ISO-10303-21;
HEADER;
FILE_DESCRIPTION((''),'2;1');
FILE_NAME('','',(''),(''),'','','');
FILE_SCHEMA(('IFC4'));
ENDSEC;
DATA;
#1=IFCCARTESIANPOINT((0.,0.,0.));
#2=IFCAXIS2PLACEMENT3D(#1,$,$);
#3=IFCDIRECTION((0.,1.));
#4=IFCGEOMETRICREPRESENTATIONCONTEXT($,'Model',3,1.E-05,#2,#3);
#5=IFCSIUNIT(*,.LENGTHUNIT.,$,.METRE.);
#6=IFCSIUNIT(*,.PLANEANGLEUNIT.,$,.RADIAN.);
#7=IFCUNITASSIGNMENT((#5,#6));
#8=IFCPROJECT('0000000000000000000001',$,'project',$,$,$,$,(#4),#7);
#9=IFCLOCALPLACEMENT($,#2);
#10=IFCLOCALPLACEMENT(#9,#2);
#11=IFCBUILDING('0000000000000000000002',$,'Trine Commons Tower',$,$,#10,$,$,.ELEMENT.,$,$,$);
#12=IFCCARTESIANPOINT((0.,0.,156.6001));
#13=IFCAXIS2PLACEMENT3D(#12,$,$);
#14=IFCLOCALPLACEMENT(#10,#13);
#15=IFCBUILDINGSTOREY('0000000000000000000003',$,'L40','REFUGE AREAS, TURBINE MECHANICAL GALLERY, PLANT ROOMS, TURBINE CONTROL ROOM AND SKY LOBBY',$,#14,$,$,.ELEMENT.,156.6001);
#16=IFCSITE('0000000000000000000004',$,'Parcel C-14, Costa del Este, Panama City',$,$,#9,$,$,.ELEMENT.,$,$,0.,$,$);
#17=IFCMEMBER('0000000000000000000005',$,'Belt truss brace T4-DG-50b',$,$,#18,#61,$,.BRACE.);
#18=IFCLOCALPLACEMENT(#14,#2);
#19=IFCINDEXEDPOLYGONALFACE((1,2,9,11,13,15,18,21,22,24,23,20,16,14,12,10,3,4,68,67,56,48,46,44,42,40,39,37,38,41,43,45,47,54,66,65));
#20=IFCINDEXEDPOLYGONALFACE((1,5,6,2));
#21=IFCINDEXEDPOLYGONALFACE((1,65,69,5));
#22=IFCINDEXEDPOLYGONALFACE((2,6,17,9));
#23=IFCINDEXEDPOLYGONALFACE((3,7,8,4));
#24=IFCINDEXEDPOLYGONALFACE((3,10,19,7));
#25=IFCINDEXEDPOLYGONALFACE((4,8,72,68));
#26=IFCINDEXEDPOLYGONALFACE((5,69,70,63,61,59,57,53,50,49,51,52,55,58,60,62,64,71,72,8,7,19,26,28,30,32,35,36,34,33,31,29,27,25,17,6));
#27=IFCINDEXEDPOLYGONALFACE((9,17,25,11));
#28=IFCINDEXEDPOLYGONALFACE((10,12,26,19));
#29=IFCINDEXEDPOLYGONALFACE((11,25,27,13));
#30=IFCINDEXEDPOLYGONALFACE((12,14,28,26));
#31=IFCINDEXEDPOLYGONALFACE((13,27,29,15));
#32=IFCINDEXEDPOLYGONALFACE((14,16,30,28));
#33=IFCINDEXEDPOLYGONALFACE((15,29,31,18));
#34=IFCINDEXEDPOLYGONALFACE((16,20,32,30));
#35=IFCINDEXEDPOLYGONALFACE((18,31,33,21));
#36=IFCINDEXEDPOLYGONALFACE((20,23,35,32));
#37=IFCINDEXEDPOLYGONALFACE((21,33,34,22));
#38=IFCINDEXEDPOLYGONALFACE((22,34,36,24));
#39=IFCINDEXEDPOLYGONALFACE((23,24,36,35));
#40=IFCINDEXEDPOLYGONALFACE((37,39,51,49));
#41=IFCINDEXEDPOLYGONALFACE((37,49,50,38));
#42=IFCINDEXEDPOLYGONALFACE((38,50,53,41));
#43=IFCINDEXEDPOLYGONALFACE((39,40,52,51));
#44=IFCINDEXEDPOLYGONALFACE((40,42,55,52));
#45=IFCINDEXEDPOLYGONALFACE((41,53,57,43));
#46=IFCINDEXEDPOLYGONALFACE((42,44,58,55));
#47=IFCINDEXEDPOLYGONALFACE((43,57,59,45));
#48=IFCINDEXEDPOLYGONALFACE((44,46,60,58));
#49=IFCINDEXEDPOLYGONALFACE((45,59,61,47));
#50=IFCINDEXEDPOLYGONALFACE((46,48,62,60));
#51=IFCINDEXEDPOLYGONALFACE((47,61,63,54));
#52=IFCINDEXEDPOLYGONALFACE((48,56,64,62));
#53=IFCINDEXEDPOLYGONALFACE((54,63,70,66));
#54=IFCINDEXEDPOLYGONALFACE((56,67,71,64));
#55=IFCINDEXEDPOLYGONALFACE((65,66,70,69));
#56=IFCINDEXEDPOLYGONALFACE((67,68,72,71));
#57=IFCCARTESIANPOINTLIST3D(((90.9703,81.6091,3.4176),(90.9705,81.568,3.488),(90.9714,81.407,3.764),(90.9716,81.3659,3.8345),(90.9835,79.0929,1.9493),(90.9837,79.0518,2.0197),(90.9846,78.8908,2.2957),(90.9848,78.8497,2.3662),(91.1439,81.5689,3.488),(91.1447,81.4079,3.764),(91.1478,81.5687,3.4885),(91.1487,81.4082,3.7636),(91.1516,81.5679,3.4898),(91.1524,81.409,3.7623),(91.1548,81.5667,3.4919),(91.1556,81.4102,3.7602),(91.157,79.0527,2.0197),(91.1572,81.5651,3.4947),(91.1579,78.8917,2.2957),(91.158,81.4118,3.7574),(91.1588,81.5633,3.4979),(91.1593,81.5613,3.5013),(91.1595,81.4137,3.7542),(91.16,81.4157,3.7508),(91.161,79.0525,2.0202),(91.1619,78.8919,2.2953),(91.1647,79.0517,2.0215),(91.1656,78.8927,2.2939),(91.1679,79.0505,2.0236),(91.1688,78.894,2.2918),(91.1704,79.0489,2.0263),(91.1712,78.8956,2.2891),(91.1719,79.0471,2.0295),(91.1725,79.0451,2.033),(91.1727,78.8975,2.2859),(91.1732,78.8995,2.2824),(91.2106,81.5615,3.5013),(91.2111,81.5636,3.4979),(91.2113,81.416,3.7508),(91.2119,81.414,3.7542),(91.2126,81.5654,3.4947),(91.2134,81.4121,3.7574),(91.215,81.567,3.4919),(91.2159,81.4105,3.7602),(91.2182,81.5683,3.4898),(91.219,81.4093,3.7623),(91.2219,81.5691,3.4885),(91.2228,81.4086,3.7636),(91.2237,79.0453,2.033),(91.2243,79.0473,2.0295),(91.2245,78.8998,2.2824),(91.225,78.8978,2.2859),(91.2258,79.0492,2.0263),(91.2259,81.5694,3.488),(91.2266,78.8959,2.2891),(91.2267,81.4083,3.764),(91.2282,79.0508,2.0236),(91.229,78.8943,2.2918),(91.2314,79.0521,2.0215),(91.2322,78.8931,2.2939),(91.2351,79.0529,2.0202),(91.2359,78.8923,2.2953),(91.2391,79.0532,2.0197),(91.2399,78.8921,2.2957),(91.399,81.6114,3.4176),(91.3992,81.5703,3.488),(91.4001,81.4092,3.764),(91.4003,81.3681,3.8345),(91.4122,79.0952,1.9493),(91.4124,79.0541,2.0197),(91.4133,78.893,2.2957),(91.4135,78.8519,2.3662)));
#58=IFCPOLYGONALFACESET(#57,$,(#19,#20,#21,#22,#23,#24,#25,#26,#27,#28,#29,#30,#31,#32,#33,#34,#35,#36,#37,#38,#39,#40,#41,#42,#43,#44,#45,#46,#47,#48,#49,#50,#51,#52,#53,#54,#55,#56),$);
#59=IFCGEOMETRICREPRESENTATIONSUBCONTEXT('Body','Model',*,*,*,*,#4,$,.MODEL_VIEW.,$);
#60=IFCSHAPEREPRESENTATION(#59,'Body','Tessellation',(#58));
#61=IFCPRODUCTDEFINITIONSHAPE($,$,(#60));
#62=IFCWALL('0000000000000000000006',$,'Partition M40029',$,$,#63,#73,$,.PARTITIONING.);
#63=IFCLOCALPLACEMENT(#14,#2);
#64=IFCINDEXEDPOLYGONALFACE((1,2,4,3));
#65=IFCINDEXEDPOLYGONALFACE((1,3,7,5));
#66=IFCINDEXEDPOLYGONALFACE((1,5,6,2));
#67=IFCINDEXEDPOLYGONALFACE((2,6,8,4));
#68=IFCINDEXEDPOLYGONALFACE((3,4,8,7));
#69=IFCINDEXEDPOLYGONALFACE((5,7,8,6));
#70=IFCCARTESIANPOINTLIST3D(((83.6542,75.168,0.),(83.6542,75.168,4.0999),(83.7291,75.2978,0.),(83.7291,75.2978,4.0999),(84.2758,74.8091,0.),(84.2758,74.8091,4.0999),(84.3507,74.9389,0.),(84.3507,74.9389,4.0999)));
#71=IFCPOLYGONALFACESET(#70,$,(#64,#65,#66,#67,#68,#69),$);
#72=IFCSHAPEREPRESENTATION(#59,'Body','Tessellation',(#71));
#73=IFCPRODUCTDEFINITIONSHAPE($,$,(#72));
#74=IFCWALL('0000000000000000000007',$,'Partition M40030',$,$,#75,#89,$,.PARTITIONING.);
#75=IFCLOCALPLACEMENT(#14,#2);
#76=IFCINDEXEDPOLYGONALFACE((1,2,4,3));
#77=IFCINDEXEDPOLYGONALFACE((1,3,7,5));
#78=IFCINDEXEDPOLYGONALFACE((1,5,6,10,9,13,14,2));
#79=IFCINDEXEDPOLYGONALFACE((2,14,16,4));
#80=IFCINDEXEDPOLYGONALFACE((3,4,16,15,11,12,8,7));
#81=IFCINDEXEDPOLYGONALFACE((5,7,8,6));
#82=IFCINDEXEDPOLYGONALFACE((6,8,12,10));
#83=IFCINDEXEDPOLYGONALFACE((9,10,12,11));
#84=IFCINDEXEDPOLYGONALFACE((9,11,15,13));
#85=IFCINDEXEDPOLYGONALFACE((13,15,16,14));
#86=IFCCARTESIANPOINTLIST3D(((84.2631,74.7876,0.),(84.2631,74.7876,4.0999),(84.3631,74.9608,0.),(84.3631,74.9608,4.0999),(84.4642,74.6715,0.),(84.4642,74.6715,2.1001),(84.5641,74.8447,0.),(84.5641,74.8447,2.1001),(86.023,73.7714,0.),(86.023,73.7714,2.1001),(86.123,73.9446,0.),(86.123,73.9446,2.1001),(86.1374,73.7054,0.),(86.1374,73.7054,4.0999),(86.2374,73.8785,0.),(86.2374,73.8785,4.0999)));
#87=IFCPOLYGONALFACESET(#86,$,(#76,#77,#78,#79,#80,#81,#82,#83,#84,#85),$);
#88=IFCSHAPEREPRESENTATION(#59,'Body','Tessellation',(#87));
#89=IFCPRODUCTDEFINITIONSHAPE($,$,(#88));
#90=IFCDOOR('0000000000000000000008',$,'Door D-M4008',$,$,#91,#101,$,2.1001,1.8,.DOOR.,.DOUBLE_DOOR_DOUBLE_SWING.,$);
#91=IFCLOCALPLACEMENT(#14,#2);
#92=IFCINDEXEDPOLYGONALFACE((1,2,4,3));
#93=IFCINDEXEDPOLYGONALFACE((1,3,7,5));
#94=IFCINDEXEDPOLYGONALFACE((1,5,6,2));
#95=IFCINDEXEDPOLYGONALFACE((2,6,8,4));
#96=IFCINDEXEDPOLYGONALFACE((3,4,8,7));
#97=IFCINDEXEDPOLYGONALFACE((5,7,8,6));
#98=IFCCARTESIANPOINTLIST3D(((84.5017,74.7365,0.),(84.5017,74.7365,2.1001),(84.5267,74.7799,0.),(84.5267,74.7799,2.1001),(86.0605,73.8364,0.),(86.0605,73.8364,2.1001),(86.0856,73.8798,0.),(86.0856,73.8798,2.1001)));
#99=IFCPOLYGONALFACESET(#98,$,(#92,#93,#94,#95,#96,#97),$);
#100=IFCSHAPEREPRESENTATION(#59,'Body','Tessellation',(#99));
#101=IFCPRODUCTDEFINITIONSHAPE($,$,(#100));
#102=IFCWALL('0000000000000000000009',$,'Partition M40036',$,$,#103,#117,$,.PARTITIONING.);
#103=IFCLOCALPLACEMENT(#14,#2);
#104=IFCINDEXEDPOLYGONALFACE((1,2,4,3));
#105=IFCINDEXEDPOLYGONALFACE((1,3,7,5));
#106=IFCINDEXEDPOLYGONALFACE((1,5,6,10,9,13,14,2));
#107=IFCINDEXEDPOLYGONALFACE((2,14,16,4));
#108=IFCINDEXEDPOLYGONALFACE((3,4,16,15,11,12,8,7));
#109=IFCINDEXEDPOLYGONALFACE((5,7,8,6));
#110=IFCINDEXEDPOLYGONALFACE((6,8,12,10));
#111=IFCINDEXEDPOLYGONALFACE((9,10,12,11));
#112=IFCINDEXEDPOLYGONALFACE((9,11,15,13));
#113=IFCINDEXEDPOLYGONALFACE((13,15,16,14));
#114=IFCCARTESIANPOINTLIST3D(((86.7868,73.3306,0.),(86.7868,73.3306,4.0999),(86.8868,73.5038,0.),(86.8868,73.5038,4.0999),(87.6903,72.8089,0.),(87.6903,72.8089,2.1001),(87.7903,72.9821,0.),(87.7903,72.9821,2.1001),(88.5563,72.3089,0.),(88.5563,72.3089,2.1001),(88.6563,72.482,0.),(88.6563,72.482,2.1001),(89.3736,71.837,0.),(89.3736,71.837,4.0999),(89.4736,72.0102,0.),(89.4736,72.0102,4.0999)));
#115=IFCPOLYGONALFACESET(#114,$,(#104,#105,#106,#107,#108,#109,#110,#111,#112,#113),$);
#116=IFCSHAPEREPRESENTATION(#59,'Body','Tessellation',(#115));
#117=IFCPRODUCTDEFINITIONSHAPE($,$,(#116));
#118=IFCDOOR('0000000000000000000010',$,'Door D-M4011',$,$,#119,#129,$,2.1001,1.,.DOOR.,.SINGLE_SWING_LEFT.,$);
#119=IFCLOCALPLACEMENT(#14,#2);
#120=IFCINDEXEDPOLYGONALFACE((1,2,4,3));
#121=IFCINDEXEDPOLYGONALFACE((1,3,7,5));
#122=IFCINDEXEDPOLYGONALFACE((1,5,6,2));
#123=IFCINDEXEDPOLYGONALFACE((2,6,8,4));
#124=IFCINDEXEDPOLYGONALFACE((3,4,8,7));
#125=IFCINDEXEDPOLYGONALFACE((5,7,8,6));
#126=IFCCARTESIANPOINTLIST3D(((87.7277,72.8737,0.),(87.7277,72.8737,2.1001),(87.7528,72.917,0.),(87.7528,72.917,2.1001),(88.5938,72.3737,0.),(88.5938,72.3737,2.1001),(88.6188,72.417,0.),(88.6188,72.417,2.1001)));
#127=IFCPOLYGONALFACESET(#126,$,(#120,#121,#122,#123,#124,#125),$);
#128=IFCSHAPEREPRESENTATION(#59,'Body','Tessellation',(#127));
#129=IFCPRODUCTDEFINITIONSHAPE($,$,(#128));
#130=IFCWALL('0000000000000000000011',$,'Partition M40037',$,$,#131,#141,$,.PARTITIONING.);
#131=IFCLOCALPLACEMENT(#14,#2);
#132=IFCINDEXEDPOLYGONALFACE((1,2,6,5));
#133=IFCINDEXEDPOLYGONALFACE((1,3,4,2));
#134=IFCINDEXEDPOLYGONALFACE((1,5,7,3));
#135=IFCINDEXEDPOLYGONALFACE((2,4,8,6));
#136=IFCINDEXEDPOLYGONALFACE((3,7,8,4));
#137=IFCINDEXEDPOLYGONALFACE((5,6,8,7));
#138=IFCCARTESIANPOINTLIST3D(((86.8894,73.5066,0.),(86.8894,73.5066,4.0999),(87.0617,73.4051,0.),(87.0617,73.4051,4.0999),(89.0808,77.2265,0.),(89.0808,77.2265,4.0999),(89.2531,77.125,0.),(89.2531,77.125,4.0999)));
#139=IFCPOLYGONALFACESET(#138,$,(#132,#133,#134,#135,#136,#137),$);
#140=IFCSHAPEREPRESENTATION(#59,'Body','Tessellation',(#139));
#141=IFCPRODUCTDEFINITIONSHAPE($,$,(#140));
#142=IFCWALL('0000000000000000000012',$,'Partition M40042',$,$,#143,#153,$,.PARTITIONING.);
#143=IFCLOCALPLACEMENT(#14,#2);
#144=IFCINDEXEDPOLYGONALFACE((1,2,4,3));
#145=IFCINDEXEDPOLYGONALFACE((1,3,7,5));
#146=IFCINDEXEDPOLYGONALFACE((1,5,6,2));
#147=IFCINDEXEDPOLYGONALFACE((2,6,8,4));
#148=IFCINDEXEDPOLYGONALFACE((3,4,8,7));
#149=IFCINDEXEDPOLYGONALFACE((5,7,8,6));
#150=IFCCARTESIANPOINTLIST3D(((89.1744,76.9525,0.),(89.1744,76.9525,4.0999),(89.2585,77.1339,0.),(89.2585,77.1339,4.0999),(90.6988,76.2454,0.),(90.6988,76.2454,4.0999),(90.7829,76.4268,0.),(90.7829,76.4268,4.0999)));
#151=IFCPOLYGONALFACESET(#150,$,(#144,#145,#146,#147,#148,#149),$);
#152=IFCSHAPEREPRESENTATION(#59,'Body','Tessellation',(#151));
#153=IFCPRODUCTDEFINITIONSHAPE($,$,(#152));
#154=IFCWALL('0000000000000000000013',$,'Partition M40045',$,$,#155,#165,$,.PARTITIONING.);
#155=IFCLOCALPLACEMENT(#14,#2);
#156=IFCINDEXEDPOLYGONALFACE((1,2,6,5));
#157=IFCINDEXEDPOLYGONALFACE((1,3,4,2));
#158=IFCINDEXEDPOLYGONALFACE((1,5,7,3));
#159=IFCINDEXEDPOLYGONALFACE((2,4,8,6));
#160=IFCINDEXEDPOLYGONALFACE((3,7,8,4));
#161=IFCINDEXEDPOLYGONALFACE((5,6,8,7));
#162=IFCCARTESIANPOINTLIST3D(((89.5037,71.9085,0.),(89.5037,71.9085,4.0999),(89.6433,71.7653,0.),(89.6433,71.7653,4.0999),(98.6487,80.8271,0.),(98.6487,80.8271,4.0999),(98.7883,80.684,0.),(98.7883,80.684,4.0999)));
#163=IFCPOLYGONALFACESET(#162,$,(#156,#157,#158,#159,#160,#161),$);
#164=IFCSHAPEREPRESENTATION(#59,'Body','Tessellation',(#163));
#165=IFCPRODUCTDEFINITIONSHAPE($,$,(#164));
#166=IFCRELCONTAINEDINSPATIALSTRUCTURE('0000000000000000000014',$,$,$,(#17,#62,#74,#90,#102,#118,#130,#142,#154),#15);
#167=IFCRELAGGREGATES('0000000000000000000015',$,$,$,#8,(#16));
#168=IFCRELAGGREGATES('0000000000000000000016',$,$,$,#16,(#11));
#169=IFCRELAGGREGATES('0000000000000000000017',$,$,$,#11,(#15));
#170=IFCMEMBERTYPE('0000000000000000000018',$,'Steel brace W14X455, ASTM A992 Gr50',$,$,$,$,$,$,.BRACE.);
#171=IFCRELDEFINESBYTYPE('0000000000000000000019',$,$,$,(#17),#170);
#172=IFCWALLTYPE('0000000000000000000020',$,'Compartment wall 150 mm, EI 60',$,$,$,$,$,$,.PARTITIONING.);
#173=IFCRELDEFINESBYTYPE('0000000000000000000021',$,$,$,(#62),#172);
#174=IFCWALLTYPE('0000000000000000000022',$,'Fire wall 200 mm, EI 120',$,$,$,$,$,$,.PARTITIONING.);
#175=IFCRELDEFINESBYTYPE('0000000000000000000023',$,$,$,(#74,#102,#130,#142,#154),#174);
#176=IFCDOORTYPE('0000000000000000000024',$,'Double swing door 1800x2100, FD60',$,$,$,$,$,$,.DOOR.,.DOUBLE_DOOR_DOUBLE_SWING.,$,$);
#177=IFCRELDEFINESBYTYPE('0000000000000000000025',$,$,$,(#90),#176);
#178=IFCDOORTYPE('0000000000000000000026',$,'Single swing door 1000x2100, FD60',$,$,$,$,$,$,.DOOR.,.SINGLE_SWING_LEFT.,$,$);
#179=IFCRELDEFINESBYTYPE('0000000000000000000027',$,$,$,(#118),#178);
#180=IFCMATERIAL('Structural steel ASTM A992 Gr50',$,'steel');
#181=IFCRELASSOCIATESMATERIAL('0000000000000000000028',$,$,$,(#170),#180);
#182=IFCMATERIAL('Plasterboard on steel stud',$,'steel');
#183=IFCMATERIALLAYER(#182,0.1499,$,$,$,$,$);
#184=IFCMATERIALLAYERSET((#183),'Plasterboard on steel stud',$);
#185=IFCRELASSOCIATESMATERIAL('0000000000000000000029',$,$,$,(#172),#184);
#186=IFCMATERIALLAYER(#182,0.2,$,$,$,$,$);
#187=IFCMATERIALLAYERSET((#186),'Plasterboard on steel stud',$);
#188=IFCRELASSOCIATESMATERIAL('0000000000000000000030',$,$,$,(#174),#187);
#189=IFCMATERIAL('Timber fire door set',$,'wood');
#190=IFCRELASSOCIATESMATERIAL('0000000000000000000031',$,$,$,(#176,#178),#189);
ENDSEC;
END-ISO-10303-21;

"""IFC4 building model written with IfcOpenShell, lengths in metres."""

from ifc_helpers import new_model, si_unit, direction, frame, frame_2d, origin, origin_2d, place, context, subcontext, project, spatial, rectangle, i_section, extrude, material, layer, layer_set, material_profile, profile_set, type_object, element, fill, save


model = new_model("IFC4")

# Units and contexts
model_context = context("Model", 3, precision=1e-05, world=origin(), true_north=direction((0.0, 1.0)))
body_context = subcontext(model_context, "Body", "Model", "MODEL_VIEW")
ifc_project = project(units=[si_unit("LENGTHUNIT", "METRE"), si_unit("PLANEANGLEUNIT", "RADIAN")], contexts=[model_context])

# Site, building, storey
site_placement = place(None, origin())
site = spatial("IfcSite", under=ifc_project, at=site_placement, Name="Parcel C-14, Costa del Este, Panama City", CompositionType="ELEMENT", RefElevation=0.0)
building_placement = place(site_placement, origin())
building = spatial("IfcBuilding", under=site, at=building_placement, Name="Trine Commons Tower", CompositionType="ELEMENT")
storey_placement = place(building_placement, frame((0.0, 0.0, 156.6001)))
storey = spatial("IfcBuildingStorey", under=building, at=storey_placement, Name="L40", Description="REFUGE AREAS, TURBINE MECHANICAL GALLERY, PLANT ROOMS, TURBINE CONTROL ROOM AND SKY LOBBY", CompositionType="ELEMENT", Elevation=156.6001)

# Shared definitions
ifc_material_1 = material(Name="Structural steel ASTM A992 Gr50", Category="steel")

# Member
ifc_material_profile_1 = material_profile(ifc_material_1, i_section(OverallWidth=0.4287, OverallDepth=0.4827, WebThickness=0.0513, FlangeThickness=0.0815, FilletRadius=0.0154, at=origin_2d()), Name="W14X455")
ifc_profile_set_1 = profile_set([ifc_material_profile_1], Name="Structural steel ASTM A992 Gr50")
member_type = type_object("IfcMemberType", Name="Steel brace W14X455, ASTM A992 Gr50", PredefinedType="BRACE", material=ifc_profile_set_1)
member_1_placement = place(storey_placement, frame((91.1985, 78.9724, 2.1577), z_axis=(-0.004525, 0.863691, 0.504001), x_axis=(-0.999986, -0.00524, 0.0)))
element("IfcMember", 1, at=member_1_placement, inside=storey, type_object=member_type, Name="Belt truss brace T4-DG-50b", PredefinedType="BRACE", context=body_context, shape_type="SweptSolid", body=[
    extrude(i_section(OverallWidth=0.4287, OverallDepth=0.4827, WebThickness=0.0513, FlangeThickness=0.0815, FilletRadius=0.0154, at=origin_2d()), origin(), (0.0, 0.0, 1.0), 2.9133),
])

# Wall
ifc_material_2 = material(Name="Plasterboard on steel stud", Category="steel")
ifc_layer_1 = layer(ifc_material_2, 0.1499)
ifc_layer_set_1 = layer_set([ifc_layer_1], Name="Plasterboard on steel stud")
wall_type_1 = type_object("IfcWallType", Name="Compartment wall 150 mm, EI 60", PredefinedType="PARTITIONING", material=ifc_layer_set_1)
wall_1_placement = place(storey_placement, frame((83.6917, 75.2329, 0.0), z_axis=(0.0, 0.0, 1.0), x_axis=(0.866016, -0.500017, 0.0)))
element("IfcWall", 2, at=wall_1_placement, inside=storey, type_object=wall_type_1, Name="Partition M40029", PredefinedType="PARTITIONING", context=body_context, shape_type="SweptSolid", body=[
    extrude(rectangle(XDim=0.7178, YDim=0.1499, at=frame_2d((0.3589, 0.0))), origin(), (0.0, 0.0, 1.0), 4.0999),
])

# Walls, openings, doors
ifc_layer_2 = layer(ifc_material_2, 0.2)
ifc_layer_set_2 = layer_set([ifc_layer_2], Name="Plasterboard on steel stud")
wall_type_2 = type_object("IfcWallType", Name="Fire wall 200 mm, EI 120", PredefinedType="PARTITIONING", material=ifc_layer_set_2)
wall_2_placement = place(storey_placement, frame((86.1873, 73.792, 0.0), z_axis=(0.0, 0.0, 1.0), x_axis=(-0.865992, 0.500058, 0.0)))
wall_2 = element("IfcWall", 3, at=wall_2_placement, inside=storey, type_object=wall_type_2, Name="Partition M40030", PredefinedType="PARTITIONING", context=body_context, shape_type="SweptSolid", body=[
    extrude(rectangle(XDim=2.1643, YDim=0.2, at=frame_2d((1.082, 0.0))), origin(), (0.0, 0.0, 1.0), 4.0999),
])
opening_1_placement = place(wall_2_placement, frame((0.1321, 0.0, 0.0)))
opening_1 = element("IfcOpeningElement", 4, at=opening_1_placement, cuts=wall_2, PredefinedType="OPENING", context=body_context, shape_type="SweptSolid", body=[
    extrude(rectangle(XDim=1.8, YDim=2.1001, at=frame_2d((0.8999, 1.05))), frame((0.0, 0.1099, 0.0), z_axis=(0.0, -1.0, 0.0), x_axis=(1.0, 0.0, 0.0)), (0.0, 0.0, 1.0), 0.22),
])
ifc_material_3 = material(Name="Timber fire door set", Category="wood")
door_type_1 = type_object("IfcDoorType", Name="Double swing door 1800x2100, FD60", OperationType="DOUBLE_DOOR_DOUBLE_SWING", PredefinedType="DOOR", material=ifc_material_3)
door_1_placement = place(opening_1_placement, origin())
door_1 = element("IfcDoor", 5, at=door_1_placement, inside=storey, type_object=door_type_1, Name="Door D-M4008", OperationType="DOUBLE_DOOR_DOUBLE_SWING", OverallHeight=2.1001, OverallWidth=1.8, PredefinedType="DOOR", context=body_context, shape_type="SweptSolid", body=[
    extrude(rectangle(XDim=1.8, YDim=2.1001, at=frame_2d((0.8999, 1.05))), frame((0.0, 0.0249, 0.0), z_axis=(0.0, -1.0, 0.0), x_axis=(1.0, 0.0, 0.0)), (0.0, 0.0, 1.0), 0.05),
])
fill(opening_1, door_1)
wall_3_placement = place(storey_placement, frame((86.8367, 73.4172, 0.0), z_axis=(0.0, 0.0, 1.0), x_axis=(0.866011, -0.500024, 0.0)))
wall_3 = element("IfcWall", 6, at=wall_3_placement, inside=storey, type_object=wall_type_2, Name="Partition M40036", PredefinedType="PARTITIONING", context=body_context, shape_type="SweptSolid", body=[
    extrude(rectangle(XDim=2.9871, YDim=0.2, at=frame_2d((1.4937, 0.0))), origin(), (0.0, 0.0, 1.0), 4.0999),
])
opening_2_placement = place(wall_3_placement, frame((1.0435, 0.0, 0.0)))
opening_2 = element("IfcOpeningElement", 7, at=opening_2_placement, cuts=wall_3, PredefinedType="OPENING", context=body_context, shape_type="SweptSolid", body=[
    extrude(rectangle(XDim=1.0, YDim=2.1001, at=frame_2d((0.5, 1.05))), frame((0.0, 0.1099, 0.0), z_axis=(0.0, -1.0, 0.0), x_axis=(1.0, 0.0, 0.0)), (0.0, 0.0, 1.0), 0.22),
])
door_type_2 = type_object("IfcDoorType", Name="Single swing door 1000x2100, FD60", OperationType="SINGLE_SWING_LEFT", PredefinedType="DOOR", material=ifc_material_3)
door_2_placement = place(opening_2_placement, origin())
door_2 = element("IfcDoor", 8, at=door_2_placement, inside=storey, type_object=door_type_2, Name="Door D-M4011", OperationType="SINGLE_SWING_LEFT", OverallHeight=2.1001, OverallWidth=1.0, PredefinedType="DOOR", context=body_context, shape_type="SweptSolid", body=[
    extrude(rectangle(XDim=1.0, YDim=2.1001, at=frame_2d((0.5, 1.05))), frame((0.0, 0.0249, 0.0), z_axis=(0.0, -1.0, 0.0), x_axis=(1.0, 0.0, 0.0)), (0.0, 0.0, 1.0), 0.05),
])
fill(opening_2, door_2)

# Walls
wall_4_placement = place(storey_placement, frame((86.9756, 73.4558, 0.0), z_axis=(0.0, 0.0, 1.0), x_axis=(0.507569, 0.861611, 0.0)))
element("IfcWall", 9, at=wall_4_placement, inside=storey, type_object=wall_type_2, Name="Partition M40037", PredefinedType="PARTITIONING", context=body_context, shape_type="SweptSolid", body=[
    extrude(rectangle(XDim=4.3174, YDim=0.2, at=frame_2d((2.1587, 0.0))), origin(), (0.0, 0.0, 1.0), 4.0999),
])
wall_5_placement = place(storey_placement, frame((89.2163, 77.0432, 0.0), z_axis=(0.0, 0.0, 1.0), x_axis=(0.907175, -0.420753, 0.0)))
element("IfcWall", 10, at=wall_5_placement, inside=storey, type_object=wall_type_2, Name="Partition M40042", PredefinedType="PARTITIONING", context=body_context, shape_type="SweptSolid", body=[
    extrude(rectangle(XDim=1.6804, YDim=0.2, at=frame_2d((0.8403, 0.0))), origin(), (0.0, 0.0, 1.0), 4.0999),
])
wall_6_placement = place(storey_placement, frame((89.5735, 71.8369, 0.0), z_axis=(0.0, 0.0, 1.0), x_axis=(0.71591, 0.698193, 0.0)))
element("IfcWall", 11, at=wall_6_placement, inside=storey, type_object=wall_type_2, Name="Partition M40045", PredefinedType="PARTITIONING", context=body_context, shape_type="SweptSolid", body=[
    extrude(rectangle(XDim=12.7739, YDim=0.2, at=frame_2d((6.387, 0.0))), origin(), (0.0, 0.0, 1.0), 4.0999),
])

save(model, "model.ifc")
